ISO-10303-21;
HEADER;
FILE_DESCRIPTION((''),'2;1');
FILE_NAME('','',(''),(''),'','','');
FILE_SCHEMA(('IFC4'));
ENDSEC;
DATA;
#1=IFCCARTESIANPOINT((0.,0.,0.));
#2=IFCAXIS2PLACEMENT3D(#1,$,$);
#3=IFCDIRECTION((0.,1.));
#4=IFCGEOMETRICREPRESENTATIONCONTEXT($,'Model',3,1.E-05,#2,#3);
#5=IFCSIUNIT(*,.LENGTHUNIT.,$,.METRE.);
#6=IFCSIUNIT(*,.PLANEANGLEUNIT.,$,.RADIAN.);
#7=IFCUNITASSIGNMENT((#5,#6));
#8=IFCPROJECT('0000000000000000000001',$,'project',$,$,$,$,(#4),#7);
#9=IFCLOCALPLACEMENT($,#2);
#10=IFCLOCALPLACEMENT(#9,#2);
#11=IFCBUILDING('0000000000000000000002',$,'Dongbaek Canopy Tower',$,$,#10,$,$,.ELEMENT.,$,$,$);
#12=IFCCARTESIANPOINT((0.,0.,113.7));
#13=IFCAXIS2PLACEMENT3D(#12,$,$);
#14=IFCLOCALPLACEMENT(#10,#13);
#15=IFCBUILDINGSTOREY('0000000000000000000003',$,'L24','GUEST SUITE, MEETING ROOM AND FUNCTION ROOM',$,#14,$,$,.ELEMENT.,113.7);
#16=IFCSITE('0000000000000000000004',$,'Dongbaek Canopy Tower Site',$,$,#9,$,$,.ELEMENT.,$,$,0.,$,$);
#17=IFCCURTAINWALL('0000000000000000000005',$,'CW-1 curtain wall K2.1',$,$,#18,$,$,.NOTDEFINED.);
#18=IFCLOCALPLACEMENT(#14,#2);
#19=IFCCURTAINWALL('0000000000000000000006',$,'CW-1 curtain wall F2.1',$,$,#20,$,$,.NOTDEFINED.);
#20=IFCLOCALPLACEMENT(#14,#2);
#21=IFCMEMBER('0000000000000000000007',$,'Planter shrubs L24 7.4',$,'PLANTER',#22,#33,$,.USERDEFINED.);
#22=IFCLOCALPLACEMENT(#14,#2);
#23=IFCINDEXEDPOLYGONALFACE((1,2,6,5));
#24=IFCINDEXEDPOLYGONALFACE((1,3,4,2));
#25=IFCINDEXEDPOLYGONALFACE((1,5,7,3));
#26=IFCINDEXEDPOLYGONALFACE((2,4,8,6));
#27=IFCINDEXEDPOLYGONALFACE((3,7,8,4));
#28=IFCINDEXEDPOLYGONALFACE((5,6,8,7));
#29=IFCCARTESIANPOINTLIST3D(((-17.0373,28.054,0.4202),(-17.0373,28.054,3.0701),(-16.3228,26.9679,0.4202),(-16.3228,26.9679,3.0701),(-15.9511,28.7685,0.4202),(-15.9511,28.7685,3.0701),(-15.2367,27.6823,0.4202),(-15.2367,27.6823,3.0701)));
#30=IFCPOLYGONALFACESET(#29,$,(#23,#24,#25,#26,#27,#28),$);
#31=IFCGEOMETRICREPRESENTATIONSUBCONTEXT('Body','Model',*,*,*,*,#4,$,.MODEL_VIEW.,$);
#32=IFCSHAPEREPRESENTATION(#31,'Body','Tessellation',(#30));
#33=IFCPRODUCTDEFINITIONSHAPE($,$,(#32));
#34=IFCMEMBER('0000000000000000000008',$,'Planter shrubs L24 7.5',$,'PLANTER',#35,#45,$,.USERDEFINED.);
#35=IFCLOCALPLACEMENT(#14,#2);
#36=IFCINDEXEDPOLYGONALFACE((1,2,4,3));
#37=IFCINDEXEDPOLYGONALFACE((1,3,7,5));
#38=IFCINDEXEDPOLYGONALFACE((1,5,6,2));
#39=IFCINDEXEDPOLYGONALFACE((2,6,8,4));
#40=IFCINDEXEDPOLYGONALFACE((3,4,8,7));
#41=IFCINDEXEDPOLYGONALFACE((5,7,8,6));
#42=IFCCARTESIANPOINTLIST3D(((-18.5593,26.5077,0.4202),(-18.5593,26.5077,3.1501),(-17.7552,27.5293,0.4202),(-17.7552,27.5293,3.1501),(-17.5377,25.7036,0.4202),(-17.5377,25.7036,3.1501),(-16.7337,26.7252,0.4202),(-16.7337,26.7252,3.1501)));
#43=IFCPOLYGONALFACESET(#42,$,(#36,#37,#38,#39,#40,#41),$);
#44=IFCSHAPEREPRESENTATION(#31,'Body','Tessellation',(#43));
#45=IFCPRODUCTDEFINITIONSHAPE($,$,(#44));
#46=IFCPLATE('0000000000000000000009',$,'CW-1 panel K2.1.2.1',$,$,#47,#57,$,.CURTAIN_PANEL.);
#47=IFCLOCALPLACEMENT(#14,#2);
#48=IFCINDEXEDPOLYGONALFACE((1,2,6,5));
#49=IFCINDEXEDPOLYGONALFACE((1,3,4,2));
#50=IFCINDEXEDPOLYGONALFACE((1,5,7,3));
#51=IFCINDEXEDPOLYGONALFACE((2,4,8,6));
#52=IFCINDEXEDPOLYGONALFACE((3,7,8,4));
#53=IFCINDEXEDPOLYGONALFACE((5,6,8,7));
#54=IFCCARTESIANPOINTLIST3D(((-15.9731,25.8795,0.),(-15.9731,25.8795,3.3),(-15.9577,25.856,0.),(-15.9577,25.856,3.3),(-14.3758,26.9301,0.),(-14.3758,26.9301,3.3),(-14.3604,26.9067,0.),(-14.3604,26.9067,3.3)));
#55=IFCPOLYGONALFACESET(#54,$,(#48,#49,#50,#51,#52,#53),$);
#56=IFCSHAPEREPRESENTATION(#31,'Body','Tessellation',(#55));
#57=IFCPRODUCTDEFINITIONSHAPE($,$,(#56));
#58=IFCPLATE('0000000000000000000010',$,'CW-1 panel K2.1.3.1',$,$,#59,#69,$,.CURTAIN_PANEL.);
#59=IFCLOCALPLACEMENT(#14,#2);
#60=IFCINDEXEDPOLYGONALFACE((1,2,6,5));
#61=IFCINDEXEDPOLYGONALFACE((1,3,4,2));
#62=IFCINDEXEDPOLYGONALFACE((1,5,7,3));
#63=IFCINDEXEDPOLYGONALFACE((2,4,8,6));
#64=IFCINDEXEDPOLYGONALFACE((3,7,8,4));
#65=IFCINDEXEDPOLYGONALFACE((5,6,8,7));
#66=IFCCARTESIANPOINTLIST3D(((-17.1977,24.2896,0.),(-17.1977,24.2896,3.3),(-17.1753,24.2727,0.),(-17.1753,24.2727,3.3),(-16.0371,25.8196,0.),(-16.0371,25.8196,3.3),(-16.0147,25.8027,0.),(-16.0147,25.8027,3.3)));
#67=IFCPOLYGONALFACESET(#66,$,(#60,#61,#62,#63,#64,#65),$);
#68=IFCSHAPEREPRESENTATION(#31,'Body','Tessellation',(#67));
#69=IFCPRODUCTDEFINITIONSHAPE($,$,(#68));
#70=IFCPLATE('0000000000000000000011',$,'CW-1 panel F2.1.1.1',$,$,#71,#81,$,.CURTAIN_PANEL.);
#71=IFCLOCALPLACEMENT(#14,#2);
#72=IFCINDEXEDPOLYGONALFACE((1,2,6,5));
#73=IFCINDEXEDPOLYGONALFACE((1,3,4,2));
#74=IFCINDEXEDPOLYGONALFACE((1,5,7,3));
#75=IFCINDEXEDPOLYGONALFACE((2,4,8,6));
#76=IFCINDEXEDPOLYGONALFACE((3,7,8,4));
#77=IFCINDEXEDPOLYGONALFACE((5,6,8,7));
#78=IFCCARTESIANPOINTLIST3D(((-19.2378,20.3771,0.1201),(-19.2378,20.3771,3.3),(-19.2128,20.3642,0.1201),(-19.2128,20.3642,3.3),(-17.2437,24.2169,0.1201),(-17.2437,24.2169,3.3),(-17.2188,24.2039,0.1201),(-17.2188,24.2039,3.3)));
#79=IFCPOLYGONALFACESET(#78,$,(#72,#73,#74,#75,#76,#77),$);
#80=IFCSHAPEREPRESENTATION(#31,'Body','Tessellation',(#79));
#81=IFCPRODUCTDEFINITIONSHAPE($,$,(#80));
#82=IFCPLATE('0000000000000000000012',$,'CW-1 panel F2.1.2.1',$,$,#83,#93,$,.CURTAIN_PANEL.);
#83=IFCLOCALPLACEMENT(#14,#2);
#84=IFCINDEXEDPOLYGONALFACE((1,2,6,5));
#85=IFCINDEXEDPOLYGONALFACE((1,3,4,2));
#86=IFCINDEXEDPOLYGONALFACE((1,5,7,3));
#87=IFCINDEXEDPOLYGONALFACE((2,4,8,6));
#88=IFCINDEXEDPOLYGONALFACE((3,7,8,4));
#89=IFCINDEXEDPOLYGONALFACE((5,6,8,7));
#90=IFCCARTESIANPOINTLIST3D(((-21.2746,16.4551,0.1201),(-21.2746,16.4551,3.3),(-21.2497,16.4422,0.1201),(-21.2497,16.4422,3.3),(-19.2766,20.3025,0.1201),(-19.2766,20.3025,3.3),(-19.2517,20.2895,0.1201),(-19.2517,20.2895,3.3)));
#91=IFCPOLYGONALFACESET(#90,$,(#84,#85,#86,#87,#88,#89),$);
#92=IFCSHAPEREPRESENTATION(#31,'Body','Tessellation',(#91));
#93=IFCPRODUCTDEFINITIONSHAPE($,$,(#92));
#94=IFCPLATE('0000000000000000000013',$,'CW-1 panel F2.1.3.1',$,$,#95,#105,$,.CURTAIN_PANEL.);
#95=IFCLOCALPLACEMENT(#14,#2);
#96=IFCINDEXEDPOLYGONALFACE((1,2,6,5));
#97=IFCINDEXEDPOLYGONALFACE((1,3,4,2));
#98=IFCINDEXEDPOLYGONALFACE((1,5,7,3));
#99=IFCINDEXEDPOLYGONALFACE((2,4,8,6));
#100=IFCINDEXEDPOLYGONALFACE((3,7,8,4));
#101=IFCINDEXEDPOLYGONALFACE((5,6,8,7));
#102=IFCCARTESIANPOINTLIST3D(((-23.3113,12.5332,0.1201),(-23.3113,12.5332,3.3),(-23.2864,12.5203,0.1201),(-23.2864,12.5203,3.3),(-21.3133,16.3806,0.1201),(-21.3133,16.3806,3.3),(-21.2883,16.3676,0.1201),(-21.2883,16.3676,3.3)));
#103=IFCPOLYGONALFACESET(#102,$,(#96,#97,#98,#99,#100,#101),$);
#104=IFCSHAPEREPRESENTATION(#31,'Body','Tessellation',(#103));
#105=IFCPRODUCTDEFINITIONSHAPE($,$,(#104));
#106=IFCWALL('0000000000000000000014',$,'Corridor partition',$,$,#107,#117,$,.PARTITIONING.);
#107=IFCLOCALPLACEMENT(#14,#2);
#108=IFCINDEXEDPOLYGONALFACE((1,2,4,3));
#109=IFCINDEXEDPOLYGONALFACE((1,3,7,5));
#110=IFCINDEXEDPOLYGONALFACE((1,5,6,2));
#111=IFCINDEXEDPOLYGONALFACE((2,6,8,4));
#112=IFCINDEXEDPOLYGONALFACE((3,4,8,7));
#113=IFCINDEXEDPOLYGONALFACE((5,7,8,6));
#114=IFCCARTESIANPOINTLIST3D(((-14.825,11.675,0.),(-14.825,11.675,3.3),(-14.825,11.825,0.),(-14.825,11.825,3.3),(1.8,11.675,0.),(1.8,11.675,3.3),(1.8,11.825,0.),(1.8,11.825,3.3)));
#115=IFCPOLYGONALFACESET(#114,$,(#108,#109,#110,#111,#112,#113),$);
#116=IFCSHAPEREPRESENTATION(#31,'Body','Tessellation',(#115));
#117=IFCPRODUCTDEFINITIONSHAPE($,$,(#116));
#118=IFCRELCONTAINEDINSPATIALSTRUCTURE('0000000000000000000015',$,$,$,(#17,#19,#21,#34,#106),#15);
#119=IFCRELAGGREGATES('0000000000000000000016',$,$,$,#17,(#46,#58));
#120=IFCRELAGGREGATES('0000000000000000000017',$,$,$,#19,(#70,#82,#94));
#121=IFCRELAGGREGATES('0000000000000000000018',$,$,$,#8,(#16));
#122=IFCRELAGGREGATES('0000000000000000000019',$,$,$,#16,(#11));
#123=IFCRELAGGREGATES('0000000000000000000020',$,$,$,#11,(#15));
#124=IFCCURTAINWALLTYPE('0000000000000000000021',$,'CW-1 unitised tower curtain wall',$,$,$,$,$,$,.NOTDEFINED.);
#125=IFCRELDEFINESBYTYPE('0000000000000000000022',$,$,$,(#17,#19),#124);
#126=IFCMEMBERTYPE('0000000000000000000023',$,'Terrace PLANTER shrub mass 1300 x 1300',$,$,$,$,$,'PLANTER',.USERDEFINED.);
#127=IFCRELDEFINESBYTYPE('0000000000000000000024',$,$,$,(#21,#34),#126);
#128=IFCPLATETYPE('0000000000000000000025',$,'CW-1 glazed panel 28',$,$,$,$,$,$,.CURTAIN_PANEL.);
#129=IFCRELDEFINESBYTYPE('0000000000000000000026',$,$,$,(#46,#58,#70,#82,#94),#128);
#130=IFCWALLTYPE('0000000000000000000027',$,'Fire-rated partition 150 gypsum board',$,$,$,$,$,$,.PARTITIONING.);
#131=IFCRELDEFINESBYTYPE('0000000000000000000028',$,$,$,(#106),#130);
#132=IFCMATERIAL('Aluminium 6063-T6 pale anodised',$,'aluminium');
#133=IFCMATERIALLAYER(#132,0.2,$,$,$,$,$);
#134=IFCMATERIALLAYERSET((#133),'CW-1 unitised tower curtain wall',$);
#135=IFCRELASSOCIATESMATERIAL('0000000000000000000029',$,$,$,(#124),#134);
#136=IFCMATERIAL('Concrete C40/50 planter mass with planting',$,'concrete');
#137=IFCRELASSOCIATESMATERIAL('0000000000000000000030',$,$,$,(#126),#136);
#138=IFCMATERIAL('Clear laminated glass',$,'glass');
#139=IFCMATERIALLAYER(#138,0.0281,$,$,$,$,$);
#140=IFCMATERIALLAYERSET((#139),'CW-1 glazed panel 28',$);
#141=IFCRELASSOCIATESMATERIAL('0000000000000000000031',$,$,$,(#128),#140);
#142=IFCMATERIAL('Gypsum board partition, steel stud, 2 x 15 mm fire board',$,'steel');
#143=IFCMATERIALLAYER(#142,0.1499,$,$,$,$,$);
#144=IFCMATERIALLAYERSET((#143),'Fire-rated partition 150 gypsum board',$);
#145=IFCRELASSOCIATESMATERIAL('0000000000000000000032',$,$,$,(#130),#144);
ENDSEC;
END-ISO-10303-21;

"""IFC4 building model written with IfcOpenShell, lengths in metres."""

from ifc_helpers import new_model, si_unit, direction, frame, frame_2d, origin, origin_2d, place, context, subcontext, project, spatial, rectangle, extrude, material, layer, layer_set, material_profile, profile_set, type_object, element, aggregate, save


model = new_model("IFC4")

# Units and contexts
model_context = context("Model", 3, precision=1e-05, world=origin(), true_north=direction((0.0, 1.0)))
body_context = subcontext(model_context, "Body", "Model", "MODEL_VIEW")
ifc_project = project(units=[si_unit("LENGTHUNIT", "METRE"), si_unit("PLANEANGLEUNIT", "RADIAN")], contexts=[model_context])

# Site, building, storey
site_placement = place(None, origin())
site = spatial("IfcSite", under=ifc_project, at=site_placement, Name="Dongbaek Canopy Tower Site", CompositionType="ELEMENT", RefElevation=0.0)
building_placement = place(site_placement, origin())
building = spatial("IfcBuilding", under=site, at=building_placement, Name="Dongbaek Canopy Tower", CompositionType="ELEMENT")
storey_placement = place(building_placement, frame((0.0, 0.0, 113.7)))
storey = spatial("IfcBuildingStorey", under=building, at=storey_placement, Name="L24", Description="GUEST SUITE, MEETING ROOM AND FUNCTION ROOM", CompositionType="ELEMENT", Elevation=113.7)

# Curtain walls
ifc_material_1 = material(Name="Aluminium 6063-T6 pale anodised", Category="aluminium")
ifc_layer_1 = layer(ifc_material_1, 0.2)
ifc_layer_set_1 = layer_set([ifc_layer_1], Name="CW-1 unitised tower curtain wall")
curtain_wall_type = type_object("IfcCurtainWallType", Name="CW-1 unitised tower curtain wall", PredefinedType="NOTDEFINED", material=ifc_layer_set_1)
curtain_wall_1_placement = place(storey_placement, origin())
curtain_wall_1 = element("IfcCurtainWall", 1, at=curtain_wall_1_placement, inside=storey, type_object=curtain_wall_type, Name="CW-1 curtain wall K2.1", PredefinedType="NOTDEFINED")
curtain_wall_2_placement = place(storey_placement, origin())
curtain_wall_2 = element("IfcCurtainWall", 2, at=curtain_wall_2_placement, inside=storey, type_object=curtain_wall_type, Name="CW-1 curtain wall F2.1", PredefinedType="NOTDEFINED")

# Members
ifc_material_2 = material(Name="Concrete C40/50 planter mass with planting", Category="concrete")
ifc_material_profile_1 = material_profile(ifc_material_2, rectangle(XDim=1.3, YDim=1.3, at=origin_2d()), Name="Terrace PLANTER shrub mass 1300 x 1300")
ifc_profile_set_1 = profile_set([ifc_material_profile_1], Name="Concrete C40/50 planter mass with planting")
member_type_1 = type_object("IfcMemberType", Name="Terrace PLANTER shrub mass 1300 x 1300", ElementType="PLANTER", PredefinedType="USERDEFINED", material=ifc_profile_set_1)
member_1_placement = place(storey_placement, frame((-16.137, 27.8682, 0.4202), z_axis=(0.0, 0.0, 1.0), x_axis=(-0.549535, 0.835471, 0.0)))
element("IfcMember", 3, at=member_1_placement, inside=storey, type_object=member_type_1, Name="Planter shrubs L24 7.4", ObjectType="PLANTER", PredefinedType="USERDEFINED", context=body_context, shape_type="SweptSolid", body=[
    extrude(rectangle(XDim=1.3, YDim=1.3, at=origin_2d()), origin(), (0.0, 0.0, 1.0), 2.6499),
])
member_2_placement = place(storey_placement, frame((-17.6465, 26.6165, 0.4202), z_axis=(0.0, 0.0, 1.0), x_axis=(-0.785794, 0.618489, 0.0)))
element("IfcMember", 4, at=member_2_placement, inside=storey, type_object=member_type_1, Name="Planter shrubs L24 7.5", ObjectType="PLANTER", PredefinedType="USERDEFINED", context=body_context, shape_type="SweptSolid", body=[
    extrude(rectangle(XDim=1.3, YDim=1.3, at=origin_2d()), origin(), (0.0, 0.0, 1.0), 2.73),
])

# Plates
ifc_material_3 = material(Name="Clear laminated glass", Category="glass")
ifc_layer_2 = layer(ifc_material_3, 0.0281)
ifc_layer_set_2 = layer_set([ifc_layer_2], Name="CW-1 glazed panel 28")
plate_type = type_object("IfcPlateType", Name="CW-1 glazed panel 28", PredefinedType="CURTAIN_PANEL", material=ifc_layer_set_2)
plate_1_placement = place(storey_placement, frame((-15.1667, 26.3931, 0.0), z_axis=(0.0, 0.0, 1.0), x_axis=(-0.835471, -0.549535, 0.0)))
plate_1 = element("IfcPlate", 5, at=plate_1_placement, type_object=plate_type, Name="CW-1 panel K2.1.2.1", PredefinedType="CURTAIN_PANEL", context=body_context, shape_type="SweptSolid", body=[
    extrude(rectangle(XDim=1.9119, YDim=0.0281, at=origin_2d()), origin(), (0.0, 0.0, 1.0), 3.3),
])
plate_2_placement = place(storey_placement, frame((-16.6062, 25.0461, 0.0), z_axis=(0.0, 0.0, 1.0), x_axis=(-0.60438, -0.796696, 0.0)))
plate_2 = element("IfcPlate", 6, at=plate_2_placement, type_object=plate_type, Name="CW-1 panel K2.1.3.1", PredefinedType="CURTAIN_PANEL", context=body_context, shape_type="SweptSolid", body=[
    extrude(rectangle(XDim=1.9204, YDim=0.0281, at=origin_2d()), origin(), (0.0, 0.0, 1.0), 3.3),
])
aggregate(curtain_wall_1, [plate_1, plate_2])
plate_3_placement = place(storey_placement, frame((-18.2283, 22.2905, 0.1201), z_axis=(0.0, 0.0, 1.0), x_axis=(-0.46088, -0.887463, 0.0)))
plate_3 = element("IfcPlate", 7, at=plate_3_placement, type_object=plate_type, Name="CW-1 panel F2.1.1.1", PredefinedType="CURTAIN_PANEL", context=body_context, shape_type="SweptSolid", body=[
    extrude(rectangle(XDim=4.3267, YDim=0.0281, at=origin_2d()), origin(), (0.0, 0.0, 1.0), 3.1799),
])
plate_4_placement = place(storey_placement, frame((-20.2632, 18.3723, 0.1201), z_axis=(0.0, 0.0, 1.0), x_axis=(-0.46088, -0.887463, 0.0)))
plate_4 = element("IfcPlate", 8, at=plate_4_placement, type_object=plate_type, Name="CW-1 panel F2.1.2.1", PredefinedType="CURTAIN_PANEL", context=body_context, shape_type="SweptSolid", body=[
    extrude(rectangle(XDim=4.3352, YDim=0.0281, at=origin_2d()), origin(), (0.0, 0.0, 1.0), 3.1799),
])
plate_5_placement = place(storey_placement, frame((-22.2998, 14.4504, 0.1201), z_axis=(0.0, 0.0, 1.0), x_axis=(-0.46088, -0.887463, 0.0)))
plate_5 = element("IfcPlate", 9, at=plate_5_placement, type_object=plate_type, Name="CW-1 panel F2.1.3.1", PredefinedType="CURTAIN_PANEL", context=body_context, shape_type="SweptSolid", body=[
    extrude(rectangle(XDim=4.3352, YDim=0.0281, at=origin_2d()), origin(), (0.0, 0.0, 1.0), 3.1799),
])

# Wall
ifc_material_4 = material(Name="Gypsum board partition, steel stud, 2 x 15 mm fire board", Category="steel")
ifc_layer_3 = layer(ifc_material_4, 0.1499)
ifc_layer_set_3 = layer_set([ifc_layer_3], Name="Fire-rated partition 150 gypsum board")
wall_type_1 = type_object("IfcWallType", Name="Fire-rated partition 150 gypsum board", PredefinedType="PARTITIONING", material=ifc_layer_set_3)
wall_1_placement = place(storey_placement, frame((-14.825, 11.75, 0.0), z_axis=(0.0, 0.0, 1.0), x_axis=(1.0, 0.0, 0.0)))
element("IfcWall", 10, at=wall_1_placement, inside=storey, type_object=wall_type_1, Name="Corridor partition", PredefinedType="PARTITIONING", context=body_context, shape_type="SweptSolid", body=[
    extrude(rectangle(XDim=16.625, YDim=0.1499, at=frame_2d((8.3125, 0.0))), origin(), (0.0, 0.0, 1.0), 3.3),
])

aggregate(curtain_wall_2, [plate_3, plate_4, plate_5])

save(model, "model.ifc")
